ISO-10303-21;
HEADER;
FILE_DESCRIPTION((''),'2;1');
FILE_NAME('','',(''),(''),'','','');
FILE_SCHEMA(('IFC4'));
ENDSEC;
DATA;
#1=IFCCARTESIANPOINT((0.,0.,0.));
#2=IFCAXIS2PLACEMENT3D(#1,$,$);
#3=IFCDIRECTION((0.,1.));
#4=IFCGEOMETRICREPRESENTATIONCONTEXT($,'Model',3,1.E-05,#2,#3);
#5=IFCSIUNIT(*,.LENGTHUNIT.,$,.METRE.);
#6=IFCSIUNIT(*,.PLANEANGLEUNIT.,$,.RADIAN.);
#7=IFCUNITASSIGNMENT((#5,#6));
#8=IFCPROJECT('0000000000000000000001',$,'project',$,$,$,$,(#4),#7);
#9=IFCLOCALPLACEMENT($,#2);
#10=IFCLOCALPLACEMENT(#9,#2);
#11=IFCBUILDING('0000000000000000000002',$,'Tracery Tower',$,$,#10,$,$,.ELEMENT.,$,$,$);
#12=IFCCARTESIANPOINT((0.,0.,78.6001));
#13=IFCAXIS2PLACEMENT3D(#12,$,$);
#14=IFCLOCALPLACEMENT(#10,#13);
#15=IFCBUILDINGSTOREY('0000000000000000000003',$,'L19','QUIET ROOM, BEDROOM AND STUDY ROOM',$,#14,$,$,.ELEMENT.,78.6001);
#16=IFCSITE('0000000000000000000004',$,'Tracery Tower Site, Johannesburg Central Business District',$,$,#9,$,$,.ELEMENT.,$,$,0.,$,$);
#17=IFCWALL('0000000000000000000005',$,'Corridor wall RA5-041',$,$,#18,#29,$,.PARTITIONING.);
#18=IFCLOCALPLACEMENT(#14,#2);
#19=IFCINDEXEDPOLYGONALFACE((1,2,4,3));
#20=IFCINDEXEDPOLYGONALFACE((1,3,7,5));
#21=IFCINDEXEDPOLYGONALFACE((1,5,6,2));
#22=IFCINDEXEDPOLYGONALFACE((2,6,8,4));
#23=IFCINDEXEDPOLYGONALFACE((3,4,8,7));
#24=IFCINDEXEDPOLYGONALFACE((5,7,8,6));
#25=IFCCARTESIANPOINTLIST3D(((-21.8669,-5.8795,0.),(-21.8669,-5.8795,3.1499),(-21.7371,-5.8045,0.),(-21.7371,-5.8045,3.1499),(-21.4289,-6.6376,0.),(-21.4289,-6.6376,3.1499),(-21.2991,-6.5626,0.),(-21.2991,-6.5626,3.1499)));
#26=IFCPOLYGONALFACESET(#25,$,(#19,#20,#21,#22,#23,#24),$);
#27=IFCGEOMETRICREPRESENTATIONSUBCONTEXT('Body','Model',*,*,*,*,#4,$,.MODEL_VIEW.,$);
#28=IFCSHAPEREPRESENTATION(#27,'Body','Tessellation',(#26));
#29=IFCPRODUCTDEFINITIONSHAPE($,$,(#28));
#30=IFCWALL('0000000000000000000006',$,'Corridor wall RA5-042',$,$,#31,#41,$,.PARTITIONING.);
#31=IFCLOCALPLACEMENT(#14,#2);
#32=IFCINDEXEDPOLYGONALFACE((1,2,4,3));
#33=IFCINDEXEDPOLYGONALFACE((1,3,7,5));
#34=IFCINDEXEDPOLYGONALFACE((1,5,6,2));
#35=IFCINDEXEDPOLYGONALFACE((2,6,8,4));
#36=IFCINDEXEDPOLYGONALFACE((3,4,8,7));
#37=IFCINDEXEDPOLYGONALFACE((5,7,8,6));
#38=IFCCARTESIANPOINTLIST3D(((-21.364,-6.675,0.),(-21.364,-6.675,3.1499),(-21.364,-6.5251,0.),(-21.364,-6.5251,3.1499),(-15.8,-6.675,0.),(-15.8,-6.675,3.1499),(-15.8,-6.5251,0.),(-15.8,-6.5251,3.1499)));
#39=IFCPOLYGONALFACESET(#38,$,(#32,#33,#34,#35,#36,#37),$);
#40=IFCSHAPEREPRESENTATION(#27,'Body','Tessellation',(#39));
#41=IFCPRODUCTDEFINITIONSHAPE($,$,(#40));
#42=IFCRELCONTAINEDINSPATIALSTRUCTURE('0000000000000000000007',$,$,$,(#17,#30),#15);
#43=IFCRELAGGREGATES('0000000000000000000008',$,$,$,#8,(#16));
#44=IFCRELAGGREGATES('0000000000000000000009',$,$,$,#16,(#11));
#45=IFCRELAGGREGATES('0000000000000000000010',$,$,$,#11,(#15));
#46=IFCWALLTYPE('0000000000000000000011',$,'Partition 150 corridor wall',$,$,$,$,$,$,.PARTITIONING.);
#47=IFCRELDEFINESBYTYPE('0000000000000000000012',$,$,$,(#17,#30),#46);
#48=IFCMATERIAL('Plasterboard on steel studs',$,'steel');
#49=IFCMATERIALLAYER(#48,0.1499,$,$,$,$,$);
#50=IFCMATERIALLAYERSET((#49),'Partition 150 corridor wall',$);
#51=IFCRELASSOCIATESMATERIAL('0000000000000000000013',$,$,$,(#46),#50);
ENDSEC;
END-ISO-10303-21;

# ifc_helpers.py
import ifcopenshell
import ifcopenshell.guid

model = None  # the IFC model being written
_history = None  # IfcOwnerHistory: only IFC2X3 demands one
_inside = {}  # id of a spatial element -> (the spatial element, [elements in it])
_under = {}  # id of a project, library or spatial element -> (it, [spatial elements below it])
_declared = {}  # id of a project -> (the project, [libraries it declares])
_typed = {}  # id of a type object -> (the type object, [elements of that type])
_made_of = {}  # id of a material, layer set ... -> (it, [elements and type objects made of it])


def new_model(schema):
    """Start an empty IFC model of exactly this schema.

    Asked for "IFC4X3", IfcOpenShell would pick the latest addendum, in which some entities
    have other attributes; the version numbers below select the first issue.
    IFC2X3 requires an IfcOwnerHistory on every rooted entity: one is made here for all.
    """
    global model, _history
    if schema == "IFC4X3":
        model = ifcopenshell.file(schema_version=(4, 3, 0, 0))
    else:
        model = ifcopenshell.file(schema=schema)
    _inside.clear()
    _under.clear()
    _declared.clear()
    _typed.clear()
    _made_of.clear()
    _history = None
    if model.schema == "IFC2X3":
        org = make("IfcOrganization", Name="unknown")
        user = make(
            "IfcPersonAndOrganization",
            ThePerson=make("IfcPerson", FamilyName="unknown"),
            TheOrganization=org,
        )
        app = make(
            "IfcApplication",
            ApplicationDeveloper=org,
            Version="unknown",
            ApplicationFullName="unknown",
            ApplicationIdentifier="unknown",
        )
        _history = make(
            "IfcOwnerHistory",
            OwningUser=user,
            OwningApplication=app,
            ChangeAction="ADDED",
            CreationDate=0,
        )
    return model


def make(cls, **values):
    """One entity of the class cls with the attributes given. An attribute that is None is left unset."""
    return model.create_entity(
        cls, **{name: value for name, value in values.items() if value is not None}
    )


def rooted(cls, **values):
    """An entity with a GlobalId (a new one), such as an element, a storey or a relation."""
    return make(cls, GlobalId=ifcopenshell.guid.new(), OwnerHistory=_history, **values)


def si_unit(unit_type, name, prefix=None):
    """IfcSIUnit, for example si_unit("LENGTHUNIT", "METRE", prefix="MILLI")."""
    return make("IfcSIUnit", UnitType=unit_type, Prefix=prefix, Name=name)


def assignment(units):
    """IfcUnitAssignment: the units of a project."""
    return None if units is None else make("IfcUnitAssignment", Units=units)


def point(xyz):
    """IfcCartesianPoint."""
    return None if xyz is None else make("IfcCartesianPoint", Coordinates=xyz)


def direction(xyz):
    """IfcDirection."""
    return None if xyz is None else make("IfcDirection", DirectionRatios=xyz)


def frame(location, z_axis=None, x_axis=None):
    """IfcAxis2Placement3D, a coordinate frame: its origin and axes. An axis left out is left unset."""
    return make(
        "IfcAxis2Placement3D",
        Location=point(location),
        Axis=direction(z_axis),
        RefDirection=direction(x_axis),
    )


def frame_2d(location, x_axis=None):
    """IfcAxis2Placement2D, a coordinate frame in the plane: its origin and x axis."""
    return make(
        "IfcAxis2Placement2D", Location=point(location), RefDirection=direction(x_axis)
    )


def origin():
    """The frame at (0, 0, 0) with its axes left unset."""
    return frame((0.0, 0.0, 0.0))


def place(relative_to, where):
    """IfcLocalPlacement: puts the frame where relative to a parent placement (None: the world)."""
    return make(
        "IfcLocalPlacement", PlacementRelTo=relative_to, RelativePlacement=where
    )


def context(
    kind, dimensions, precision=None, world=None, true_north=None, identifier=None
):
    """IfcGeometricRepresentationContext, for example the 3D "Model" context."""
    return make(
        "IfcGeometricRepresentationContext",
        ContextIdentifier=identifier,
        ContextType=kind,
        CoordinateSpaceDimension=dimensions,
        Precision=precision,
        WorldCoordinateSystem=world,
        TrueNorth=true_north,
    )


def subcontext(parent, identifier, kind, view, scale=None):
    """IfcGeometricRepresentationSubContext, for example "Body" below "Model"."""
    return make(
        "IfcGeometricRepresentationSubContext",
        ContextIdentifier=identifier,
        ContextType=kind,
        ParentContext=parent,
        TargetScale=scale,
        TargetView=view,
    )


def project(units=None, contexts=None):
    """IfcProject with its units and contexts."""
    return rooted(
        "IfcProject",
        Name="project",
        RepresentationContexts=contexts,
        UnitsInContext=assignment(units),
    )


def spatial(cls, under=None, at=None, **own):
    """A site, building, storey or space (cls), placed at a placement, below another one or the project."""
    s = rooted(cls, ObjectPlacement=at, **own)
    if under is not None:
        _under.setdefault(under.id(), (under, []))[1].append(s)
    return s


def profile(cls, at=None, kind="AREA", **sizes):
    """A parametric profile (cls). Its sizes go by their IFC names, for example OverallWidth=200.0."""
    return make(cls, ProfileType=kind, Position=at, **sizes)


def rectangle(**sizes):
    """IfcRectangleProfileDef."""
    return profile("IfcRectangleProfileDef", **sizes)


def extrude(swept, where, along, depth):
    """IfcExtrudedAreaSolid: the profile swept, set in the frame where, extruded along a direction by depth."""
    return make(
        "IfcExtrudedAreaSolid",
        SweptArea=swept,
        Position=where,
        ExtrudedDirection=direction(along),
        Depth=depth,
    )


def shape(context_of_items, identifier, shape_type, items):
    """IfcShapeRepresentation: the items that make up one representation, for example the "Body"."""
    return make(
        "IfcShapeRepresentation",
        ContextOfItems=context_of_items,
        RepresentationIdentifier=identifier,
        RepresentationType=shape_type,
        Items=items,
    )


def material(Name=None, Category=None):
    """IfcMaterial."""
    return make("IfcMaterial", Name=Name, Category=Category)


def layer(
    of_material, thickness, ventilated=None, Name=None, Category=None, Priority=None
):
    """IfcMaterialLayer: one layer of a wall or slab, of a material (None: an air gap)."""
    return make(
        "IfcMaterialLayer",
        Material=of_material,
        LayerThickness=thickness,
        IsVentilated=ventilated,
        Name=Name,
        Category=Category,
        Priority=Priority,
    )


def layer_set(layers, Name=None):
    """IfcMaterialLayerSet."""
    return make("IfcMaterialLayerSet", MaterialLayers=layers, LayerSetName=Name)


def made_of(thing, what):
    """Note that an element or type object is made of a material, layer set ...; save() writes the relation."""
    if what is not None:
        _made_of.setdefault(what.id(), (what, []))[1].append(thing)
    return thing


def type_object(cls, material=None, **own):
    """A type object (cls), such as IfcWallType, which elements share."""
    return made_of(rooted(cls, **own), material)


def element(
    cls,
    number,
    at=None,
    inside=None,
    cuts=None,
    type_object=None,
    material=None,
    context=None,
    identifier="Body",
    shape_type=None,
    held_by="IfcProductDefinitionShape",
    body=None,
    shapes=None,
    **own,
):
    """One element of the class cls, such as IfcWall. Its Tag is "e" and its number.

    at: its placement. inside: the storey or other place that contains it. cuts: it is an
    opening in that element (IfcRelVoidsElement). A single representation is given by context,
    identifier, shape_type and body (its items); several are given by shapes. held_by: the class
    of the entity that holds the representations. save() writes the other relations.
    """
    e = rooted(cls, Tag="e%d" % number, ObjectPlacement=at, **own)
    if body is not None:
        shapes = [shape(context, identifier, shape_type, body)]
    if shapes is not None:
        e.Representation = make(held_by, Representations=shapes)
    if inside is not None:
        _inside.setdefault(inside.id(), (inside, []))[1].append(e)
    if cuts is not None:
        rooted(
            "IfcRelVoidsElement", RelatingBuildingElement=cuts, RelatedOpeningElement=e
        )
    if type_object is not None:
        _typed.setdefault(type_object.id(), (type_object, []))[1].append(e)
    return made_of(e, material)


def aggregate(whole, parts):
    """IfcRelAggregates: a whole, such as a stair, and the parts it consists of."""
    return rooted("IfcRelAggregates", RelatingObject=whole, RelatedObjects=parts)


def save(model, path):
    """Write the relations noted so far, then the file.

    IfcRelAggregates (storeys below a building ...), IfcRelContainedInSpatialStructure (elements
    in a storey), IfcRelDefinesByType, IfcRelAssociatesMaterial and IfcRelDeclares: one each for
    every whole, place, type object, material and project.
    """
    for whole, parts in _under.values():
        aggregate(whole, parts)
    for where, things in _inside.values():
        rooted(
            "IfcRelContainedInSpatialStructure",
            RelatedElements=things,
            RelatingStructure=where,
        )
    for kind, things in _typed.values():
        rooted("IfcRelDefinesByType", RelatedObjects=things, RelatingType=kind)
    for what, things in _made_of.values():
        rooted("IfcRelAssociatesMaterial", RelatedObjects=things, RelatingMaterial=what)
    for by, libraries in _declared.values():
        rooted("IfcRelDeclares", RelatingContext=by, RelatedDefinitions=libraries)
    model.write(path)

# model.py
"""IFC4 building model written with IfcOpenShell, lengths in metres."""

from ifc_helpers import new_model, si_unit, direction, frame, frame_2d, origin, place, context, subcontext, project, spatial, rectangle, extrude, material, layer, layer_set, type_object, element, save


model = new_model("IFC4")

# Units and contexts
model_context = context("Model", 3, precision=1e-05, world=origin(), true_north=direction((0.0, 1.0)))
body_context = subcontext(model_context, "Body", "Model", "MODEL_VIEW")
ifc_project = project(units=[si_unit("LENGTHUNIT", "METRE"), si_unit("PLANEANGLEUNIT", "RADIAN")], contexts=[model_context])

# Site, building, storey
site_placement = place(None, origin())
site = spatial("IfcSite", under=ifc_project, at=site_placement, Name="Tracery Tower Site, Johannesburg Central Business District", CompositionType="ELEMENT", RefElevation=0.0)
building_placement = place(site_placement, origin())
building = spatial("IfcBuilding", under=site, at=building_placement, Name="Tracery Tower", CompositionType="ELEMENT")
storey_placement = place(building_placement, frame((0.0, 0.0, 78.6001)))
storey = spatial("IfcBuildingStorey", under=building, at=storey_placement, Name="L19", Description="QUIET ROOM, BEDROOM AND STUDY ROOM", CompositionType="ELEMENT", Elevation=78.6001)

# Shared definitions
ifc_material_1 = material(Name="Plasterboard on steel studs", Category="steel")
ifc_layer_1 = layer(ifc_material_1, 0.1499)
ifc_layer_set_1 = layer_set([ifc_layer_1], Name="Partition 150 corridor wall")
wall_type_1 = type_object("IfcWallType", Name="Partition 150 corridor wall", PredefinedType="PARTITIONING", material=ifc_layer_set_1)

# Walls
wall_1_placement = place(storey_placement, frame((-21.802, -5.842, 0.0), z_axis=(0.0, 0.0, 1.0), x_axis=(0.500278, -0.865865, 0.0)))
element("IfcWall", 1, at=wall_1_placement, inside=storey, type_object=wall_type_1, Name="Corridor wall RA5-041", PredefinedType="PARTITIONING", context=body_context, shape_type="SweptSolid", body=[
    extrude(rectangle(XDim=0.8755, YDim=0.1499, at=frame_2d((0.4377, 0.0))), origin(), (0.0, 0.0, 1.0), 3.1499),
])
wall_2_placement = place(storey_placement, frame((-21.364, -6.6001, 0.0), z_axis=(0.0, 0.0, 1.0), x_axis=(1.0, 0.0, 0.0)))
element("IfcWall", 2, at=wall_2_placement, inside=storey, type_object=wall_type_1, Name="Corridor wall RA5-042", PredefinedType="PARTITIONING", context=body_context, shape_type="SweptSolid", body=[
    extrude(rectangle(XDim=5.564, YDim=0.1499, at=frame_2d((2.782, 0.0))), origin(), (0.0, 0.0, 1.0), 3.1499),
])

save(model, "model.ifc")
